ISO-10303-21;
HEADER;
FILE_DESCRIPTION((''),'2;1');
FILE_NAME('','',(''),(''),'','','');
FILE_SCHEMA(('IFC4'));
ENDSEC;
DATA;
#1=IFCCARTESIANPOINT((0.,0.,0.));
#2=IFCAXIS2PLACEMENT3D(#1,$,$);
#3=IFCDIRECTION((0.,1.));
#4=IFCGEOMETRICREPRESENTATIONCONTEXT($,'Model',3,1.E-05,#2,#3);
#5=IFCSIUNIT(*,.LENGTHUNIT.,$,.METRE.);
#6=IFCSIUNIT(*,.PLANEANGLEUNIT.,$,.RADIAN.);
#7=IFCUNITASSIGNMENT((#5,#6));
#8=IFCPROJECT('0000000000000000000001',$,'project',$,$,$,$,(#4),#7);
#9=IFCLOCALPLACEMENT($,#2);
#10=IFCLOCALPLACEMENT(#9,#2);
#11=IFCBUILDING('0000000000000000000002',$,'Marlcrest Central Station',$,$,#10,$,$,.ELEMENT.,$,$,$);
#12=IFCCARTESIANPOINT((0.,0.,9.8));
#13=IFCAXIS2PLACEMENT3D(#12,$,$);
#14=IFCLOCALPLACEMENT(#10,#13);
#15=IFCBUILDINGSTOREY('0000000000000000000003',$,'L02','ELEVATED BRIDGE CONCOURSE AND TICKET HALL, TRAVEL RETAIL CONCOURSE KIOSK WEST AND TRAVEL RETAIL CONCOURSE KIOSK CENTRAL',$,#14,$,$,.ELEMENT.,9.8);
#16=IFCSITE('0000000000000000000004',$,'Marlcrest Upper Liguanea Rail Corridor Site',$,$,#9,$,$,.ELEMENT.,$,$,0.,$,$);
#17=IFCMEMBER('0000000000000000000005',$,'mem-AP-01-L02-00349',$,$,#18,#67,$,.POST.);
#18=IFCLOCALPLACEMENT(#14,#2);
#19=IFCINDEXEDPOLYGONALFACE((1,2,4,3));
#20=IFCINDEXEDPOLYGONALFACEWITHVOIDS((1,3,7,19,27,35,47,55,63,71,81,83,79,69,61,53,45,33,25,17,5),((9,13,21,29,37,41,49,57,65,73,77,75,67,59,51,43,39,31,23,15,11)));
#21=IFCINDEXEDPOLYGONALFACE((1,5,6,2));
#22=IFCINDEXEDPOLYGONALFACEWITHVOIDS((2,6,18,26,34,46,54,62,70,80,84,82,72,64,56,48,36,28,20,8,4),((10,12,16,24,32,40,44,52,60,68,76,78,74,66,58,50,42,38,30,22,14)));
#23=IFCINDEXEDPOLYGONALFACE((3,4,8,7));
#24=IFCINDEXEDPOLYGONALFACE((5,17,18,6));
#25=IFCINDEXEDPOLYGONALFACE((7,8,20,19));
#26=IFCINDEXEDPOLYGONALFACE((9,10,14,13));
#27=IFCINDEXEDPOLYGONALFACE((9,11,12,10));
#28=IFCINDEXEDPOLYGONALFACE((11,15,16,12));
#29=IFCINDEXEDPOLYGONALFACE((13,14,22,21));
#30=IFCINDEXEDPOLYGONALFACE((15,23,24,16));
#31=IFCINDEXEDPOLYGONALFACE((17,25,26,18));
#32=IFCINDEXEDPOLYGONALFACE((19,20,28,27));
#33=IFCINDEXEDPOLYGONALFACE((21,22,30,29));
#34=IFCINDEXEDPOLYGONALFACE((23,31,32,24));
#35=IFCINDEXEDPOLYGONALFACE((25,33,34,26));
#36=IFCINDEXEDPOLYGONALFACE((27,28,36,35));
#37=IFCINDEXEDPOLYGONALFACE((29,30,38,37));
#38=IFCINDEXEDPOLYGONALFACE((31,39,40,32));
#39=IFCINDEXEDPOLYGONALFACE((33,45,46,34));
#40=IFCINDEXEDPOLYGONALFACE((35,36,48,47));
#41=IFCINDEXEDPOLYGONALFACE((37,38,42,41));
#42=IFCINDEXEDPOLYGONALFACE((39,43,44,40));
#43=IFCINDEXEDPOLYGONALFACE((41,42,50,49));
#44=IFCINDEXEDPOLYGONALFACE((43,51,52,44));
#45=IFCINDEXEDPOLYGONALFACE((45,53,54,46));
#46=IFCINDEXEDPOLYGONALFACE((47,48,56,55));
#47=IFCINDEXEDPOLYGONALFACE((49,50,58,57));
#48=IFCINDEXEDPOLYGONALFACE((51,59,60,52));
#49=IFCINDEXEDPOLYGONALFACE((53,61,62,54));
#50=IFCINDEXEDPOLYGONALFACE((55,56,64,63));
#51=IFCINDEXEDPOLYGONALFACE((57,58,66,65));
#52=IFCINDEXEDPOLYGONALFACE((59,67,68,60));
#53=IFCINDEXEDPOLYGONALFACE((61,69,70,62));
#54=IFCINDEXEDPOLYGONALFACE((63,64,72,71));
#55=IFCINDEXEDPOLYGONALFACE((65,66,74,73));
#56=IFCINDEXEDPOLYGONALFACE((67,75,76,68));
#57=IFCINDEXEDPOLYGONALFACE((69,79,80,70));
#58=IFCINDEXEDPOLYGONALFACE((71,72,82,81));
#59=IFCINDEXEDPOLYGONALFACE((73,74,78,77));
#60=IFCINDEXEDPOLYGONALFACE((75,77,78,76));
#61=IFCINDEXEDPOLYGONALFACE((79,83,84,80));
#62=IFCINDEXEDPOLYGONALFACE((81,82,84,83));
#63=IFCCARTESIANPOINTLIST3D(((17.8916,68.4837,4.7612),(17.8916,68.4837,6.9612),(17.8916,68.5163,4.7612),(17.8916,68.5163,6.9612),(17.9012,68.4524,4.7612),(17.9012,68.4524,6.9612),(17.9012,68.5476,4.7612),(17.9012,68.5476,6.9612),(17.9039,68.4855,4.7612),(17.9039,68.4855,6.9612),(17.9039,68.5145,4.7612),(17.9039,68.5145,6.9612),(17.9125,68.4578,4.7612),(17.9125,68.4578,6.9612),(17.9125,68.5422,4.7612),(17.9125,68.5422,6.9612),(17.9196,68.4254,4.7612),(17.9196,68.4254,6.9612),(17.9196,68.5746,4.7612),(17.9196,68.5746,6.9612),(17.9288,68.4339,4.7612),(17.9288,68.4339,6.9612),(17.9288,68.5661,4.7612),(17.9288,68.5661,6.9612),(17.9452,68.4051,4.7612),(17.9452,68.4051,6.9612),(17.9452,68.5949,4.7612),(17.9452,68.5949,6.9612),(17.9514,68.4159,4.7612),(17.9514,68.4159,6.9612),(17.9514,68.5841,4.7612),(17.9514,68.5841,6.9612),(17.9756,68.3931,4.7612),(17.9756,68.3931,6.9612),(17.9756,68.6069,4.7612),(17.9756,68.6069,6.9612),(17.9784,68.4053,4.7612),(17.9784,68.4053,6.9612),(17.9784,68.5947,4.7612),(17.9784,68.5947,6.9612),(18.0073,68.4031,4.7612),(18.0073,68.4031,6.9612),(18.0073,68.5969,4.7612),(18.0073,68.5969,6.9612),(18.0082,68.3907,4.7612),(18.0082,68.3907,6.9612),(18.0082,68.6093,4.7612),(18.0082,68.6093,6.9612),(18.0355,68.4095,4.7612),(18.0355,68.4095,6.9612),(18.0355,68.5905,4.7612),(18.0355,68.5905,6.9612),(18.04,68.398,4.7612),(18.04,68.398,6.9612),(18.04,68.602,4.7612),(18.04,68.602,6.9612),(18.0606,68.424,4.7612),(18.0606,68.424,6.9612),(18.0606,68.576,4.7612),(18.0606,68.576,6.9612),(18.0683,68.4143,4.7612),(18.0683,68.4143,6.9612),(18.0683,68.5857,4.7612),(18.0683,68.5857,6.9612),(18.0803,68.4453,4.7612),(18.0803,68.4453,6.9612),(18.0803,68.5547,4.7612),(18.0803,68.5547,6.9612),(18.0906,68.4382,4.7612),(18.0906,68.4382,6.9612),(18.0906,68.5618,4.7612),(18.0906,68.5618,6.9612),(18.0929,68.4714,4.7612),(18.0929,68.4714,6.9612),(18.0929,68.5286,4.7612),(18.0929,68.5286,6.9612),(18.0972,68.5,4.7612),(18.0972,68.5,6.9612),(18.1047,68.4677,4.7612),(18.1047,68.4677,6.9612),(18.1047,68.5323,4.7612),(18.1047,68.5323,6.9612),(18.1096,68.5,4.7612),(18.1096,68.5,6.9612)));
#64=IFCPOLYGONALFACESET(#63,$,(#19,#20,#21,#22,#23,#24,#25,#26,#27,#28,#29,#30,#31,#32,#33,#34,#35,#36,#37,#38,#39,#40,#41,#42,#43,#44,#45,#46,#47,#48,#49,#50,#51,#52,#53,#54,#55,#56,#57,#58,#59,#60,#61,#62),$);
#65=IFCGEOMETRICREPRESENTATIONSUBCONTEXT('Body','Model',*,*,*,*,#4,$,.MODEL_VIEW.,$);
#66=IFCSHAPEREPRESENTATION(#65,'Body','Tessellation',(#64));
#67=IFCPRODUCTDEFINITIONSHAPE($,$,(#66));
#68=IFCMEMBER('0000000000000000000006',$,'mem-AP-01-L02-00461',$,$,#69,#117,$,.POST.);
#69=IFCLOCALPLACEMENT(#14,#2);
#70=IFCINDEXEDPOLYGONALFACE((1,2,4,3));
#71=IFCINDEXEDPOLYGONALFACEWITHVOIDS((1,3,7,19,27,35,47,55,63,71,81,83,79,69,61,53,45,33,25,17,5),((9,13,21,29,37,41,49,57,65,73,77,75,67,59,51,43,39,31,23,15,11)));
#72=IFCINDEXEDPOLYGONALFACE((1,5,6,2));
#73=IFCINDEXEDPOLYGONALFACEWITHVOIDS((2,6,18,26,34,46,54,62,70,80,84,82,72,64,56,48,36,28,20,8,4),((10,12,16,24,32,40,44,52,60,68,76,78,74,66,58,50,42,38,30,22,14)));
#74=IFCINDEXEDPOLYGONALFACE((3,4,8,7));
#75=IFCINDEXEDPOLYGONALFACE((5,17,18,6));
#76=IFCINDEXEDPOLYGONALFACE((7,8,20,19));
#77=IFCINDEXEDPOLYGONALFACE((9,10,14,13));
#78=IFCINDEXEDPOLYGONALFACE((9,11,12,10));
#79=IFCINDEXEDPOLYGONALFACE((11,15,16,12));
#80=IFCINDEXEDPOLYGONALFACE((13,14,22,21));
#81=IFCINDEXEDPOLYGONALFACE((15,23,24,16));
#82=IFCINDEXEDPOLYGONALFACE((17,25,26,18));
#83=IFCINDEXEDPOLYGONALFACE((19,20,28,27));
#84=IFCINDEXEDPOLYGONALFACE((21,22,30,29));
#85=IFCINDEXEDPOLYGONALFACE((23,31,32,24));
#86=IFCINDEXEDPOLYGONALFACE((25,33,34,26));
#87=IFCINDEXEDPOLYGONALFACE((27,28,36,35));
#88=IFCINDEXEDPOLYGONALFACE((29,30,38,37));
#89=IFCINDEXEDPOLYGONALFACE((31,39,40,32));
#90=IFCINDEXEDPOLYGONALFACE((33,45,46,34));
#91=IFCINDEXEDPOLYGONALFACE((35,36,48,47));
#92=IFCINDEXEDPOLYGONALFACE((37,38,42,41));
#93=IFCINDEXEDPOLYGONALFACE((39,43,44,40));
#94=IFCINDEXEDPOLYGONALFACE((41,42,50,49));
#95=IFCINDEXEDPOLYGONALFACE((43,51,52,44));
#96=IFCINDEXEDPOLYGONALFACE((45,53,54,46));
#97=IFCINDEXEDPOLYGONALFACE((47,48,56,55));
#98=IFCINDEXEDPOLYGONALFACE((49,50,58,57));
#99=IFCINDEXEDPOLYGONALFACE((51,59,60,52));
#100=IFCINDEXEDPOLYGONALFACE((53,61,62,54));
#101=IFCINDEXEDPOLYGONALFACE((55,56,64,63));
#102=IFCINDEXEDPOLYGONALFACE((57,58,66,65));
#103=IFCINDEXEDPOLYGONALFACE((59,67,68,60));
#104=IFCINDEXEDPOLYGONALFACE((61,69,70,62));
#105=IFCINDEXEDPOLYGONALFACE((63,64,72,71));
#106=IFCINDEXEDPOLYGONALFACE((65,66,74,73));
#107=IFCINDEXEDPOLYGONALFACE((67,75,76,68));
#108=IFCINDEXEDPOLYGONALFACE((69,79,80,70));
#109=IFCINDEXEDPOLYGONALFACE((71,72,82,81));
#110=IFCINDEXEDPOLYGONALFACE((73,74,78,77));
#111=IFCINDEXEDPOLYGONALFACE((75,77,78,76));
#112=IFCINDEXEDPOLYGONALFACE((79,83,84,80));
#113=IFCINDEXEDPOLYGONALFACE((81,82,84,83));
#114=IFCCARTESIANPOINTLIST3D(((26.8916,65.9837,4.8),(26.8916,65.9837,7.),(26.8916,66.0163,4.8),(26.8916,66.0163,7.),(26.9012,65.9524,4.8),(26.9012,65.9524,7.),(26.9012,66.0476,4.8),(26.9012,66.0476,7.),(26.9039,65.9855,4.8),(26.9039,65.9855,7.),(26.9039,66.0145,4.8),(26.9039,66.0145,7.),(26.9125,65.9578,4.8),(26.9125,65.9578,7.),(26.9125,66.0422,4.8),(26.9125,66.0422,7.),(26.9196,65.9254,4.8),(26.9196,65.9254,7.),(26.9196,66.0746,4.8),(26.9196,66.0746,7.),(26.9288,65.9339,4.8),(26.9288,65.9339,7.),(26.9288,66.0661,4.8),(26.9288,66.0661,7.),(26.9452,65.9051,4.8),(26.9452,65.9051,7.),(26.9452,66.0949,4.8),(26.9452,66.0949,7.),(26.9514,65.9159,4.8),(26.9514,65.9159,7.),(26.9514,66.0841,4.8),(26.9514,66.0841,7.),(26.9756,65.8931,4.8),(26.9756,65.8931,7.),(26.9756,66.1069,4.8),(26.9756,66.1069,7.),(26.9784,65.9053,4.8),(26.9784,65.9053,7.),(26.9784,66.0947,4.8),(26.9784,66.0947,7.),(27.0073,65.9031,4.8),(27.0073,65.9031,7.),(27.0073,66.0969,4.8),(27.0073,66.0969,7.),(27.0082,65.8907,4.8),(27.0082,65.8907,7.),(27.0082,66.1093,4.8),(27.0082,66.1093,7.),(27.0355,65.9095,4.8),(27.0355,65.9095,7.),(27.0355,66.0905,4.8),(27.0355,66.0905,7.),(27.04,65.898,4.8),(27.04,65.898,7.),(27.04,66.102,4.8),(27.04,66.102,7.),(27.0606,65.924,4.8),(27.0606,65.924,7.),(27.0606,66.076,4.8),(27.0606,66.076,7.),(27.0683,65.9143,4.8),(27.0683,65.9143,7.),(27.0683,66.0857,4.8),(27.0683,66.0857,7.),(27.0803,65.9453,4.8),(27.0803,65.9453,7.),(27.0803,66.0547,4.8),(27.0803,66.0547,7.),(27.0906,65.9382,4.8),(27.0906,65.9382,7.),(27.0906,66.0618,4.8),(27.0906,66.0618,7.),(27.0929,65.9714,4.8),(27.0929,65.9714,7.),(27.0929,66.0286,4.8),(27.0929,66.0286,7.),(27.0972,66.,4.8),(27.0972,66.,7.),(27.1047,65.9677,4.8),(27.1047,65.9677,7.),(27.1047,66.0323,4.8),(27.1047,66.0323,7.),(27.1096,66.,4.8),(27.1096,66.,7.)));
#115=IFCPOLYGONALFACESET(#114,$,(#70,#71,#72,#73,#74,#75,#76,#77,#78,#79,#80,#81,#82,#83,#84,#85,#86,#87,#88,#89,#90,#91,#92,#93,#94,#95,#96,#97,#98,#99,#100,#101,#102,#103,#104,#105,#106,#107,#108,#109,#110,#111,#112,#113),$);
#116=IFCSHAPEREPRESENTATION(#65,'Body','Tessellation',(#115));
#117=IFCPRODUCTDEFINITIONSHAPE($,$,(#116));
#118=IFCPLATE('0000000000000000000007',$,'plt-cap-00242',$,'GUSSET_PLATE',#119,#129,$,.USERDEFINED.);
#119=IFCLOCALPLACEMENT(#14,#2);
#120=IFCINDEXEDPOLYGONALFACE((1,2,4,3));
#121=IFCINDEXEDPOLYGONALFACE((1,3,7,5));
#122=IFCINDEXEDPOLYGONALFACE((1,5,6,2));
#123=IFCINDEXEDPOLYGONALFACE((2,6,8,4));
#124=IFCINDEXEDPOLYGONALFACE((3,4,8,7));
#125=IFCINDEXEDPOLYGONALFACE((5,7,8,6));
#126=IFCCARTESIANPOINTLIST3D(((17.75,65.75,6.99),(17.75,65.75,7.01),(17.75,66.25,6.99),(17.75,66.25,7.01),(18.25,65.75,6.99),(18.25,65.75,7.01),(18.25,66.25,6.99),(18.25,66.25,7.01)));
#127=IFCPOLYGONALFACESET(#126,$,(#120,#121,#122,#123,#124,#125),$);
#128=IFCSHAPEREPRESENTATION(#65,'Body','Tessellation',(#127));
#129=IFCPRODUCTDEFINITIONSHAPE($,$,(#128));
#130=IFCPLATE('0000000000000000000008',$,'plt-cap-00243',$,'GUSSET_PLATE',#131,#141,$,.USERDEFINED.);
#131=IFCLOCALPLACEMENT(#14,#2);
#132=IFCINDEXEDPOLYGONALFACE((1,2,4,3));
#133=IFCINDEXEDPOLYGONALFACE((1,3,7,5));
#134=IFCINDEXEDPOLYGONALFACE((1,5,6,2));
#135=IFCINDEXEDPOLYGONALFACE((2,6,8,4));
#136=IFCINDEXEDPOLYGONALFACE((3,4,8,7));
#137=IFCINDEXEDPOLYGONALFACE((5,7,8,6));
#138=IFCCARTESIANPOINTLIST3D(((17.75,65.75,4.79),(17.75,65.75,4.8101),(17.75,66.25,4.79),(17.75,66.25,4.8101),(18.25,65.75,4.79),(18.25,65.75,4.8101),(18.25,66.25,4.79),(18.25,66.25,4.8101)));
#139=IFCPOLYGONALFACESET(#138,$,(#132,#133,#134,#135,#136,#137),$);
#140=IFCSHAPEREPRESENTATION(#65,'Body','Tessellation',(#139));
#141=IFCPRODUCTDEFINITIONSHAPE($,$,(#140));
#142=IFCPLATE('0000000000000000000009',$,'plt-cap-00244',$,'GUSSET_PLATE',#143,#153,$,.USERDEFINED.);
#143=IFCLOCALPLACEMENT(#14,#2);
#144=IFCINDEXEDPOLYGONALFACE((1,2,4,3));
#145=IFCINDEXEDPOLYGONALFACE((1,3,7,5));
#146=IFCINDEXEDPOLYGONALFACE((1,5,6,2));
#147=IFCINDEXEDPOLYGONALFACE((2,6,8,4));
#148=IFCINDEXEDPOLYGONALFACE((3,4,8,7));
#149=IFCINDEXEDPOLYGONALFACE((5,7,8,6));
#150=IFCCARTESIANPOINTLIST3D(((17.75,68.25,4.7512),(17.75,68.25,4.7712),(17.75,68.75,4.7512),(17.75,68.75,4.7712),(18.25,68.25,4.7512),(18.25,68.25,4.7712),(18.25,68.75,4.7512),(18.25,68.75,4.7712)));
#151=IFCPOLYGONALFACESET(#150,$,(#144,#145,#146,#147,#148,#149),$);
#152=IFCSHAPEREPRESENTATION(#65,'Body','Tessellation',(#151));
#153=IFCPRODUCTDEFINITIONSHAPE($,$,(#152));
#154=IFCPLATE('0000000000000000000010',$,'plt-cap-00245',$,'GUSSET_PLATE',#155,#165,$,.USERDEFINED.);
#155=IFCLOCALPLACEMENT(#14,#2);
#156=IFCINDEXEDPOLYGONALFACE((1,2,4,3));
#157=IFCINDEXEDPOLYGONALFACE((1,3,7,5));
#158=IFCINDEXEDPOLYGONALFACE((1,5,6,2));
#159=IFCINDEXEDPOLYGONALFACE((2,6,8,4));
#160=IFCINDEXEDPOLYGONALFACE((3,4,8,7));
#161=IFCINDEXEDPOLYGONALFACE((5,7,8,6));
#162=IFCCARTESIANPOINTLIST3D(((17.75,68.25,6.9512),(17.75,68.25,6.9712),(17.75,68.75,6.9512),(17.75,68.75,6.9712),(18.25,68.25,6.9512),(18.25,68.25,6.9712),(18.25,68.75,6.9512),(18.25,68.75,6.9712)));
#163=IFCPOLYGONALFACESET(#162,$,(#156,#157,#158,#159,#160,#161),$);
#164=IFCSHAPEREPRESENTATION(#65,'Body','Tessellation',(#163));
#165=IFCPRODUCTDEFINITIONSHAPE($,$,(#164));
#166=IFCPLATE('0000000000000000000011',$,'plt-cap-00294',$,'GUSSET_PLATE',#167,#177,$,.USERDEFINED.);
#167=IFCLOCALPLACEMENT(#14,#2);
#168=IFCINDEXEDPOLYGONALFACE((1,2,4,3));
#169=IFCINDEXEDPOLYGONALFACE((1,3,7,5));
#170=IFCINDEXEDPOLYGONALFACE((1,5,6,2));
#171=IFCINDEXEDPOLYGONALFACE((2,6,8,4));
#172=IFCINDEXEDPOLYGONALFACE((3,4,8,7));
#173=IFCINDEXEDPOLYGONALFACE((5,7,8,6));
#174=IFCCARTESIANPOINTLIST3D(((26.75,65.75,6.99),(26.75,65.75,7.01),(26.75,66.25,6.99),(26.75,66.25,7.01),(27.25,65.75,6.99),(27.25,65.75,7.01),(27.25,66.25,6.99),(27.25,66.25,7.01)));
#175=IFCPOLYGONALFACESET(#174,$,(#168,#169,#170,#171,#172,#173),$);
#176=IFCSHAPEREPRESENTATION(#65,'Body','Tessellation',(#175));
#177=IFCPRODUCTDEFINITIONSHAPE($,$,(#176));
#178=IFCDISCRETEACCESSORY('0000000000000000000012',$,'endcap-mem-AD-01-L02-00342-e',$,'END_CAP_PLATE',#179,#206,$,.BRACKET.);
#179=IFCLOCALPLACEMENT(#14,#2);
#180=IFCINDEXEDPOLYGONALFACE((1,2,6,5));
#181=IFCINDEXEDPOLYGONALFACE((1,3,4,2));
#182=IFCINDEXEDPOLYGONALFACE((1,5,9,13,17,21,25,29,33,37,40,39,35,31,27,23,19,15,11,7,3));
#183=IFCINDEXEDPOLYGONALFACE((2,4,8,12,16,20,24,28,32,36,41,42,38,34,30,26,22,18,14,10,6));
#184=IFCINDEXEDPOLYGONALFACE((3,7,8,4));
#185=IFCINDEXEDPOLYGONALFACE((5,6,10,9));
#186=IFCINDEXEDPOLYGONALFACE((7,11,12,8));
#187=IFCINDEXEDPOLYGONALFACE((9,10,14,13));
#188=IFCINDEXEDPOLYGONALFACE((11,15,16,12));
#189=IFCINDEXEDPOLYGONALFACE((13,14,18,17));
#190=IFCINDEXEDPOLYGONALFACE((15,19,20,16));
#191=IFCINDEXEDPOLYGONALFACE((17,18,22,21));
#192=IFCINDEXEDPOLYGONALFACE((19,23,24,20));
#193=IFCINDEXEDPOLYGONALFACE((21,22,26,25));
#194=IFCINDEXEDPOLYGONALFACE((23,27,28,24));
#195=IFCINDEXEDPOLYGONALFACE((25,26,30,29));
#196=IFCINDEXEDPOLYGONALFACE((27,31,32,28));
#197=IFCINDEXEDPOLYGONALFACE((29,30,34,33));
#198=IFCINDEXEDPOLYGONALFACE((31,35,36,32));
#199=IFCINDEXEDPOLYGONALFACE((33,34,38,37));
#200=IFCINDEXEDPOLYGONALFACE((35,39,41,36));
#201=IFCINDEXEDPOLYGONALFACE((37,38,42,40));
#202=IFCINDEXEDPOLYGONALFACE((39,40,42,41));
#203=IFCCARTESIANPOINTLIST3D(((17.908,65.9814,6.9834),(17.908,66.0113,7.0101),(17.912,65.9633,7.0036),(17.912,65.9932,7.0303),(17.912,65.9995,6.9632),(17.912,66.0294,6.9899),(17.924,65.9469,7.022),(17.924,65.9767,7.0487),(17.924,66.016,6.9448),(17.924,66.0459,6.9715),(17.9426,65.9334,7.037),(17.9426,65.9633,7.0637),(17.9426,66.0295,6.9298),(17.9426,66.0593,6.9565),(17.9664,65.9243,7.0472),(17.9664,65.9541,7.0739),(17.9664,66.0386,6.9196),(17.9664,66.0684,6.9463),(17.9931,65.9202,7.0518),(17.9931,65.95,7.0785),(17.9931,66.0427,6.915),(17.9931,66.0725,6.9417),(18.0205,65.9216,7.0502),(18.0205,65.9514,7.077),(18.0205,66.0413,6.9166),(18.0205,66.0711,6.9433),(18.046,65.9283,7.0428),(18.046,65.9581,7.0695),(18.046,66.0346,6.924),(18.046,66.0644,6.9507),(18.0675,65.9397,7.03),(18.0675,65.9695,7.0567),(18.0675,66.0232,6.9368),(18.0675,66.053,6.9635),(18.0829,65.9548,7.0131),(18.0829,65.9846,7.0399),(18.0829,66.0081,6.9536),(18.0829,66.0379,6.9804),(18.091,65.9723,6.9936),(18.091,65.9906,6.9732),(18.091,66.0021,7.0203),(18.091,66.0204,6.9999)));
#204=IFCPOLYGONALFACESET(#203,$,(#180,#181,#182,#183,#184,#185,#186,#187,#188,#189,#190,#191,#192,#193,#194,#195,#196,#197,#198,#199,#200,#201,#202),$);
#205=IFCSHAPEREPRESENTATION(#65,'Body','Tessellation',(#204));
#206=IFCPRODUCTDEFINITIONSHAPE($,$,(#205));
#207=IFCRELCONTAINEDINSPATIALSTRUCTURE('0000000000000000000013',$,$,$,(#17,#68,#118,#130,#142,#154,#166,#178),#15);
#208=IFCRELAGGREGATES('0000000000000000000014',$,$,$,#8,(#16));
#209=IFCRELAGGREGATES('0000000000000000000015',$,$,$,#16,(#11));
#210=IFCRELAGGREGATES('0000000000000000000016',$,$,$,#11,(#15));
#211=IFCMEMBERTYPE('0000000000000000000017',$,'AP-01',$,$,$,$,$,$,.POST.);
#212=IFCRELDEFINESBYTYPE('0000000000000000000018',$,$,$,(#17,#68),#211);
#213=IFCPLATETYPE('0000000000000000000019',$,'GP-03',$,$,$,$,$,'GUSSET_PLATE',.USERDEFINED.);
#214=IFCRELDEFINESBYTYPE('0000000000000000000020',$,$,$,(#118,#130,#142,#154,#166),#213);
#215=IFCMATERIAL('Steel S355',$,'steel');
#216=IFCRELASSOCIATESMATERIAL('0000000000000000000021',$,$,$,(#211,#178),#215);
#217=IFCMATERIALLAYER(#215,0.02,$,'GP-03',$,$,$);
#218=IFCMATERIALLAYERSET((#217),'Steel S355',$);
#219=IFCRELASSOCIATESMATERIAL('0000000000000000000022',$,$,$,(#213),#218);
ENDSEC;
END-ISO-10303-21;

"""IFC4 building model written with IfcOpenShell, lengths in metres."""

from ifc_helpers import new_model, si_unit, direction, frame, origin, origin_2d, place, context, subcontext, project, spatial, rectangle, circle, hollow_circle, extrude, material, layer, layer_set, material_profile, profile_set, type_object, element, save


model = new_model("IFC4")

# Units and contexts
model_context = context("Model", 3, precision=1e-05, world=origin(), true_north=direction((0.0, 1.0)))
body_context = subcontext(model_context, "Body", "Model", "MODEL_VIEW")
ifc_project = project(units=[si_unit("LENGTHUNIT", "METRE"), si_unit("PLANEANGLEUNIT", "RADIAN")], contexts=[model_context])

# Site, building, storey
site_placement = place(None, origin())
site = spatial("IfcSite", under=ifc_project, at=site_placement, Name="Marlcrest Upper Liguanea Rail Corridor Site", CompositionType="ELEMENT", RefElevation=0.0)
building_placement = place(site_placement, origin())
building = spatial("IfcBuilding", under=site, at=building_placement, Name="Marlcrest Central Station", CompositionType="ELEMENT")
storey_placement = place(building_placement, frame((0.0, 0.0, 9.8)))
storey = spatial("IfcBuildingStorey", under=building, at=storey_placement, Name="L02", Description="ELEVATED BRIDGE CONCOURSE AND TICKET HALL, TRAVEL RETAIL CONCOURSE KIOSK WEST AND TRAVEL RETAIL CONCOURSE KIOSK CENTRAL", CompositionType="ELEMENT", Elevation=9.8)

# Members
ifc_material = material(Name="Steel S355", Category="steel")
ifc_material_profile_1 = material_profile(ifc_material, hollow_circle(Radius=0.1096, WallThickness=0.0125, at=origin_2d()), Name="CHS 219.1x12.5")
ifc_profile_set_1 = profile_set([ifc_material_profile_1], Name="Steel S355")
member_type_1 = type_object("IfcMemberType", Name="AP-01", PredefinedType="POST", material=ifc_profile_set_1)
for number, where, z_axis, x_axis, name in (
    (1, (18.0, 68.5, 4.7612), (0.0, 0.0, 1.0), (1.0, 0.0, 0.0), "mem-AP-01-L02-00349"),
    (2, (27.0, 66.0, 4.8), (0.0, 0.0, 1.0), (1.0, 0.0, 0.0), "mem-AP-01-L02-00461"),
):
    element("IfcMember", number, at=place(storey_placement, frame(where, z_axis=z_axis, x_axis=x_axis)), inside=storey, type_object=member_type_1, Name=name, PredefinedType="POST", context=body_context, shape_type="SweptSolid", body=[
        extrude(hollow_circle(Radius=0.1096, WallThickness=0.0125, at=origin_2d()), origin(), (0.0, 0.0, 1.0), 2.2),
    ])

# Plates
ifc_layer = layer(ifc_material, 0.02, Name="GP-03")
ifc_layer_set = layer_set([ifc_layer], Name="Steel S355")
plate_type = type_object("IfcPlateType", Name="GP-03", ElementType="GUSSET_PLATE", PredefinedType="USERDEFINED", material=ifc_layer_set)
for number, where, z_axis, x_axis, name in (
    (3, (18.0, 66.0, 6.99), (0.0, 0.0, 1.0), (1.0, 0.0, 0.0), "plt-cap-00242"),
    (4, (18.0, 66.0, 4.79), (0.0, 0.0, 1.0), (1.0, 0.0, 0.0), "plt-cap-00243"),
    (5, (18.0, 68.5, 4.7512), (0.0, 0.0, 1.0), (1.0, 0.0, 0.0), "plt-cap-00244"),
    (6, (18.0, 68.5, 6.9512), (0.0, 0.0, 1.0), (1.0, 0.0, 0.0), "plt-cap-00245"),
    (7, (27.0, 66.0, 6.99), (0.0, 0.0, 1.0), (1.0, 0.0, 0.0), "plt-cap-00294"),
):
    element("IfcPlate", number, at=place(storey_placement, frame(where, z_axis=z_axis, x_axis=x_axis)), inside=storey, type_object=plate_type, Name=name, ObjectType="GUSSET_PLATE", PredefinedType="USERDEFINED", context=body_context, shape_type="SweptSolid", body=[
        extrude(rectangle(XDim=0.5, YDim=0.5, at=origin_2d()), origin(), (0.0, 0.0, 1.0), 0.02),
    ])

# Discrete accessory
discrete_accessory_1_placement = place(storey_placement, frame((18.0, 65.9814, 6.9834), z_axis=(0.0, 0.744956, 0.667114), x_axis=(-1.0, 0.0, 0.0)))
element("IfcDiscreteAccessory", 8, at=discrete_accessory_1_placement, inside=storey, material=ifc_material, Name="endcap-mem-AD-01-L02-00342-e", ObjectType="END_CAP_PLATE", PredefinedType="BRACKET", context=body_context, shape_type="SweptSolid", body=[
    extrude(circle(Radius=0.092, at=origin_2d()), origin(), (0.0, 0.0, 1.0), 0.04),
])

save(model, "model.ifc")
